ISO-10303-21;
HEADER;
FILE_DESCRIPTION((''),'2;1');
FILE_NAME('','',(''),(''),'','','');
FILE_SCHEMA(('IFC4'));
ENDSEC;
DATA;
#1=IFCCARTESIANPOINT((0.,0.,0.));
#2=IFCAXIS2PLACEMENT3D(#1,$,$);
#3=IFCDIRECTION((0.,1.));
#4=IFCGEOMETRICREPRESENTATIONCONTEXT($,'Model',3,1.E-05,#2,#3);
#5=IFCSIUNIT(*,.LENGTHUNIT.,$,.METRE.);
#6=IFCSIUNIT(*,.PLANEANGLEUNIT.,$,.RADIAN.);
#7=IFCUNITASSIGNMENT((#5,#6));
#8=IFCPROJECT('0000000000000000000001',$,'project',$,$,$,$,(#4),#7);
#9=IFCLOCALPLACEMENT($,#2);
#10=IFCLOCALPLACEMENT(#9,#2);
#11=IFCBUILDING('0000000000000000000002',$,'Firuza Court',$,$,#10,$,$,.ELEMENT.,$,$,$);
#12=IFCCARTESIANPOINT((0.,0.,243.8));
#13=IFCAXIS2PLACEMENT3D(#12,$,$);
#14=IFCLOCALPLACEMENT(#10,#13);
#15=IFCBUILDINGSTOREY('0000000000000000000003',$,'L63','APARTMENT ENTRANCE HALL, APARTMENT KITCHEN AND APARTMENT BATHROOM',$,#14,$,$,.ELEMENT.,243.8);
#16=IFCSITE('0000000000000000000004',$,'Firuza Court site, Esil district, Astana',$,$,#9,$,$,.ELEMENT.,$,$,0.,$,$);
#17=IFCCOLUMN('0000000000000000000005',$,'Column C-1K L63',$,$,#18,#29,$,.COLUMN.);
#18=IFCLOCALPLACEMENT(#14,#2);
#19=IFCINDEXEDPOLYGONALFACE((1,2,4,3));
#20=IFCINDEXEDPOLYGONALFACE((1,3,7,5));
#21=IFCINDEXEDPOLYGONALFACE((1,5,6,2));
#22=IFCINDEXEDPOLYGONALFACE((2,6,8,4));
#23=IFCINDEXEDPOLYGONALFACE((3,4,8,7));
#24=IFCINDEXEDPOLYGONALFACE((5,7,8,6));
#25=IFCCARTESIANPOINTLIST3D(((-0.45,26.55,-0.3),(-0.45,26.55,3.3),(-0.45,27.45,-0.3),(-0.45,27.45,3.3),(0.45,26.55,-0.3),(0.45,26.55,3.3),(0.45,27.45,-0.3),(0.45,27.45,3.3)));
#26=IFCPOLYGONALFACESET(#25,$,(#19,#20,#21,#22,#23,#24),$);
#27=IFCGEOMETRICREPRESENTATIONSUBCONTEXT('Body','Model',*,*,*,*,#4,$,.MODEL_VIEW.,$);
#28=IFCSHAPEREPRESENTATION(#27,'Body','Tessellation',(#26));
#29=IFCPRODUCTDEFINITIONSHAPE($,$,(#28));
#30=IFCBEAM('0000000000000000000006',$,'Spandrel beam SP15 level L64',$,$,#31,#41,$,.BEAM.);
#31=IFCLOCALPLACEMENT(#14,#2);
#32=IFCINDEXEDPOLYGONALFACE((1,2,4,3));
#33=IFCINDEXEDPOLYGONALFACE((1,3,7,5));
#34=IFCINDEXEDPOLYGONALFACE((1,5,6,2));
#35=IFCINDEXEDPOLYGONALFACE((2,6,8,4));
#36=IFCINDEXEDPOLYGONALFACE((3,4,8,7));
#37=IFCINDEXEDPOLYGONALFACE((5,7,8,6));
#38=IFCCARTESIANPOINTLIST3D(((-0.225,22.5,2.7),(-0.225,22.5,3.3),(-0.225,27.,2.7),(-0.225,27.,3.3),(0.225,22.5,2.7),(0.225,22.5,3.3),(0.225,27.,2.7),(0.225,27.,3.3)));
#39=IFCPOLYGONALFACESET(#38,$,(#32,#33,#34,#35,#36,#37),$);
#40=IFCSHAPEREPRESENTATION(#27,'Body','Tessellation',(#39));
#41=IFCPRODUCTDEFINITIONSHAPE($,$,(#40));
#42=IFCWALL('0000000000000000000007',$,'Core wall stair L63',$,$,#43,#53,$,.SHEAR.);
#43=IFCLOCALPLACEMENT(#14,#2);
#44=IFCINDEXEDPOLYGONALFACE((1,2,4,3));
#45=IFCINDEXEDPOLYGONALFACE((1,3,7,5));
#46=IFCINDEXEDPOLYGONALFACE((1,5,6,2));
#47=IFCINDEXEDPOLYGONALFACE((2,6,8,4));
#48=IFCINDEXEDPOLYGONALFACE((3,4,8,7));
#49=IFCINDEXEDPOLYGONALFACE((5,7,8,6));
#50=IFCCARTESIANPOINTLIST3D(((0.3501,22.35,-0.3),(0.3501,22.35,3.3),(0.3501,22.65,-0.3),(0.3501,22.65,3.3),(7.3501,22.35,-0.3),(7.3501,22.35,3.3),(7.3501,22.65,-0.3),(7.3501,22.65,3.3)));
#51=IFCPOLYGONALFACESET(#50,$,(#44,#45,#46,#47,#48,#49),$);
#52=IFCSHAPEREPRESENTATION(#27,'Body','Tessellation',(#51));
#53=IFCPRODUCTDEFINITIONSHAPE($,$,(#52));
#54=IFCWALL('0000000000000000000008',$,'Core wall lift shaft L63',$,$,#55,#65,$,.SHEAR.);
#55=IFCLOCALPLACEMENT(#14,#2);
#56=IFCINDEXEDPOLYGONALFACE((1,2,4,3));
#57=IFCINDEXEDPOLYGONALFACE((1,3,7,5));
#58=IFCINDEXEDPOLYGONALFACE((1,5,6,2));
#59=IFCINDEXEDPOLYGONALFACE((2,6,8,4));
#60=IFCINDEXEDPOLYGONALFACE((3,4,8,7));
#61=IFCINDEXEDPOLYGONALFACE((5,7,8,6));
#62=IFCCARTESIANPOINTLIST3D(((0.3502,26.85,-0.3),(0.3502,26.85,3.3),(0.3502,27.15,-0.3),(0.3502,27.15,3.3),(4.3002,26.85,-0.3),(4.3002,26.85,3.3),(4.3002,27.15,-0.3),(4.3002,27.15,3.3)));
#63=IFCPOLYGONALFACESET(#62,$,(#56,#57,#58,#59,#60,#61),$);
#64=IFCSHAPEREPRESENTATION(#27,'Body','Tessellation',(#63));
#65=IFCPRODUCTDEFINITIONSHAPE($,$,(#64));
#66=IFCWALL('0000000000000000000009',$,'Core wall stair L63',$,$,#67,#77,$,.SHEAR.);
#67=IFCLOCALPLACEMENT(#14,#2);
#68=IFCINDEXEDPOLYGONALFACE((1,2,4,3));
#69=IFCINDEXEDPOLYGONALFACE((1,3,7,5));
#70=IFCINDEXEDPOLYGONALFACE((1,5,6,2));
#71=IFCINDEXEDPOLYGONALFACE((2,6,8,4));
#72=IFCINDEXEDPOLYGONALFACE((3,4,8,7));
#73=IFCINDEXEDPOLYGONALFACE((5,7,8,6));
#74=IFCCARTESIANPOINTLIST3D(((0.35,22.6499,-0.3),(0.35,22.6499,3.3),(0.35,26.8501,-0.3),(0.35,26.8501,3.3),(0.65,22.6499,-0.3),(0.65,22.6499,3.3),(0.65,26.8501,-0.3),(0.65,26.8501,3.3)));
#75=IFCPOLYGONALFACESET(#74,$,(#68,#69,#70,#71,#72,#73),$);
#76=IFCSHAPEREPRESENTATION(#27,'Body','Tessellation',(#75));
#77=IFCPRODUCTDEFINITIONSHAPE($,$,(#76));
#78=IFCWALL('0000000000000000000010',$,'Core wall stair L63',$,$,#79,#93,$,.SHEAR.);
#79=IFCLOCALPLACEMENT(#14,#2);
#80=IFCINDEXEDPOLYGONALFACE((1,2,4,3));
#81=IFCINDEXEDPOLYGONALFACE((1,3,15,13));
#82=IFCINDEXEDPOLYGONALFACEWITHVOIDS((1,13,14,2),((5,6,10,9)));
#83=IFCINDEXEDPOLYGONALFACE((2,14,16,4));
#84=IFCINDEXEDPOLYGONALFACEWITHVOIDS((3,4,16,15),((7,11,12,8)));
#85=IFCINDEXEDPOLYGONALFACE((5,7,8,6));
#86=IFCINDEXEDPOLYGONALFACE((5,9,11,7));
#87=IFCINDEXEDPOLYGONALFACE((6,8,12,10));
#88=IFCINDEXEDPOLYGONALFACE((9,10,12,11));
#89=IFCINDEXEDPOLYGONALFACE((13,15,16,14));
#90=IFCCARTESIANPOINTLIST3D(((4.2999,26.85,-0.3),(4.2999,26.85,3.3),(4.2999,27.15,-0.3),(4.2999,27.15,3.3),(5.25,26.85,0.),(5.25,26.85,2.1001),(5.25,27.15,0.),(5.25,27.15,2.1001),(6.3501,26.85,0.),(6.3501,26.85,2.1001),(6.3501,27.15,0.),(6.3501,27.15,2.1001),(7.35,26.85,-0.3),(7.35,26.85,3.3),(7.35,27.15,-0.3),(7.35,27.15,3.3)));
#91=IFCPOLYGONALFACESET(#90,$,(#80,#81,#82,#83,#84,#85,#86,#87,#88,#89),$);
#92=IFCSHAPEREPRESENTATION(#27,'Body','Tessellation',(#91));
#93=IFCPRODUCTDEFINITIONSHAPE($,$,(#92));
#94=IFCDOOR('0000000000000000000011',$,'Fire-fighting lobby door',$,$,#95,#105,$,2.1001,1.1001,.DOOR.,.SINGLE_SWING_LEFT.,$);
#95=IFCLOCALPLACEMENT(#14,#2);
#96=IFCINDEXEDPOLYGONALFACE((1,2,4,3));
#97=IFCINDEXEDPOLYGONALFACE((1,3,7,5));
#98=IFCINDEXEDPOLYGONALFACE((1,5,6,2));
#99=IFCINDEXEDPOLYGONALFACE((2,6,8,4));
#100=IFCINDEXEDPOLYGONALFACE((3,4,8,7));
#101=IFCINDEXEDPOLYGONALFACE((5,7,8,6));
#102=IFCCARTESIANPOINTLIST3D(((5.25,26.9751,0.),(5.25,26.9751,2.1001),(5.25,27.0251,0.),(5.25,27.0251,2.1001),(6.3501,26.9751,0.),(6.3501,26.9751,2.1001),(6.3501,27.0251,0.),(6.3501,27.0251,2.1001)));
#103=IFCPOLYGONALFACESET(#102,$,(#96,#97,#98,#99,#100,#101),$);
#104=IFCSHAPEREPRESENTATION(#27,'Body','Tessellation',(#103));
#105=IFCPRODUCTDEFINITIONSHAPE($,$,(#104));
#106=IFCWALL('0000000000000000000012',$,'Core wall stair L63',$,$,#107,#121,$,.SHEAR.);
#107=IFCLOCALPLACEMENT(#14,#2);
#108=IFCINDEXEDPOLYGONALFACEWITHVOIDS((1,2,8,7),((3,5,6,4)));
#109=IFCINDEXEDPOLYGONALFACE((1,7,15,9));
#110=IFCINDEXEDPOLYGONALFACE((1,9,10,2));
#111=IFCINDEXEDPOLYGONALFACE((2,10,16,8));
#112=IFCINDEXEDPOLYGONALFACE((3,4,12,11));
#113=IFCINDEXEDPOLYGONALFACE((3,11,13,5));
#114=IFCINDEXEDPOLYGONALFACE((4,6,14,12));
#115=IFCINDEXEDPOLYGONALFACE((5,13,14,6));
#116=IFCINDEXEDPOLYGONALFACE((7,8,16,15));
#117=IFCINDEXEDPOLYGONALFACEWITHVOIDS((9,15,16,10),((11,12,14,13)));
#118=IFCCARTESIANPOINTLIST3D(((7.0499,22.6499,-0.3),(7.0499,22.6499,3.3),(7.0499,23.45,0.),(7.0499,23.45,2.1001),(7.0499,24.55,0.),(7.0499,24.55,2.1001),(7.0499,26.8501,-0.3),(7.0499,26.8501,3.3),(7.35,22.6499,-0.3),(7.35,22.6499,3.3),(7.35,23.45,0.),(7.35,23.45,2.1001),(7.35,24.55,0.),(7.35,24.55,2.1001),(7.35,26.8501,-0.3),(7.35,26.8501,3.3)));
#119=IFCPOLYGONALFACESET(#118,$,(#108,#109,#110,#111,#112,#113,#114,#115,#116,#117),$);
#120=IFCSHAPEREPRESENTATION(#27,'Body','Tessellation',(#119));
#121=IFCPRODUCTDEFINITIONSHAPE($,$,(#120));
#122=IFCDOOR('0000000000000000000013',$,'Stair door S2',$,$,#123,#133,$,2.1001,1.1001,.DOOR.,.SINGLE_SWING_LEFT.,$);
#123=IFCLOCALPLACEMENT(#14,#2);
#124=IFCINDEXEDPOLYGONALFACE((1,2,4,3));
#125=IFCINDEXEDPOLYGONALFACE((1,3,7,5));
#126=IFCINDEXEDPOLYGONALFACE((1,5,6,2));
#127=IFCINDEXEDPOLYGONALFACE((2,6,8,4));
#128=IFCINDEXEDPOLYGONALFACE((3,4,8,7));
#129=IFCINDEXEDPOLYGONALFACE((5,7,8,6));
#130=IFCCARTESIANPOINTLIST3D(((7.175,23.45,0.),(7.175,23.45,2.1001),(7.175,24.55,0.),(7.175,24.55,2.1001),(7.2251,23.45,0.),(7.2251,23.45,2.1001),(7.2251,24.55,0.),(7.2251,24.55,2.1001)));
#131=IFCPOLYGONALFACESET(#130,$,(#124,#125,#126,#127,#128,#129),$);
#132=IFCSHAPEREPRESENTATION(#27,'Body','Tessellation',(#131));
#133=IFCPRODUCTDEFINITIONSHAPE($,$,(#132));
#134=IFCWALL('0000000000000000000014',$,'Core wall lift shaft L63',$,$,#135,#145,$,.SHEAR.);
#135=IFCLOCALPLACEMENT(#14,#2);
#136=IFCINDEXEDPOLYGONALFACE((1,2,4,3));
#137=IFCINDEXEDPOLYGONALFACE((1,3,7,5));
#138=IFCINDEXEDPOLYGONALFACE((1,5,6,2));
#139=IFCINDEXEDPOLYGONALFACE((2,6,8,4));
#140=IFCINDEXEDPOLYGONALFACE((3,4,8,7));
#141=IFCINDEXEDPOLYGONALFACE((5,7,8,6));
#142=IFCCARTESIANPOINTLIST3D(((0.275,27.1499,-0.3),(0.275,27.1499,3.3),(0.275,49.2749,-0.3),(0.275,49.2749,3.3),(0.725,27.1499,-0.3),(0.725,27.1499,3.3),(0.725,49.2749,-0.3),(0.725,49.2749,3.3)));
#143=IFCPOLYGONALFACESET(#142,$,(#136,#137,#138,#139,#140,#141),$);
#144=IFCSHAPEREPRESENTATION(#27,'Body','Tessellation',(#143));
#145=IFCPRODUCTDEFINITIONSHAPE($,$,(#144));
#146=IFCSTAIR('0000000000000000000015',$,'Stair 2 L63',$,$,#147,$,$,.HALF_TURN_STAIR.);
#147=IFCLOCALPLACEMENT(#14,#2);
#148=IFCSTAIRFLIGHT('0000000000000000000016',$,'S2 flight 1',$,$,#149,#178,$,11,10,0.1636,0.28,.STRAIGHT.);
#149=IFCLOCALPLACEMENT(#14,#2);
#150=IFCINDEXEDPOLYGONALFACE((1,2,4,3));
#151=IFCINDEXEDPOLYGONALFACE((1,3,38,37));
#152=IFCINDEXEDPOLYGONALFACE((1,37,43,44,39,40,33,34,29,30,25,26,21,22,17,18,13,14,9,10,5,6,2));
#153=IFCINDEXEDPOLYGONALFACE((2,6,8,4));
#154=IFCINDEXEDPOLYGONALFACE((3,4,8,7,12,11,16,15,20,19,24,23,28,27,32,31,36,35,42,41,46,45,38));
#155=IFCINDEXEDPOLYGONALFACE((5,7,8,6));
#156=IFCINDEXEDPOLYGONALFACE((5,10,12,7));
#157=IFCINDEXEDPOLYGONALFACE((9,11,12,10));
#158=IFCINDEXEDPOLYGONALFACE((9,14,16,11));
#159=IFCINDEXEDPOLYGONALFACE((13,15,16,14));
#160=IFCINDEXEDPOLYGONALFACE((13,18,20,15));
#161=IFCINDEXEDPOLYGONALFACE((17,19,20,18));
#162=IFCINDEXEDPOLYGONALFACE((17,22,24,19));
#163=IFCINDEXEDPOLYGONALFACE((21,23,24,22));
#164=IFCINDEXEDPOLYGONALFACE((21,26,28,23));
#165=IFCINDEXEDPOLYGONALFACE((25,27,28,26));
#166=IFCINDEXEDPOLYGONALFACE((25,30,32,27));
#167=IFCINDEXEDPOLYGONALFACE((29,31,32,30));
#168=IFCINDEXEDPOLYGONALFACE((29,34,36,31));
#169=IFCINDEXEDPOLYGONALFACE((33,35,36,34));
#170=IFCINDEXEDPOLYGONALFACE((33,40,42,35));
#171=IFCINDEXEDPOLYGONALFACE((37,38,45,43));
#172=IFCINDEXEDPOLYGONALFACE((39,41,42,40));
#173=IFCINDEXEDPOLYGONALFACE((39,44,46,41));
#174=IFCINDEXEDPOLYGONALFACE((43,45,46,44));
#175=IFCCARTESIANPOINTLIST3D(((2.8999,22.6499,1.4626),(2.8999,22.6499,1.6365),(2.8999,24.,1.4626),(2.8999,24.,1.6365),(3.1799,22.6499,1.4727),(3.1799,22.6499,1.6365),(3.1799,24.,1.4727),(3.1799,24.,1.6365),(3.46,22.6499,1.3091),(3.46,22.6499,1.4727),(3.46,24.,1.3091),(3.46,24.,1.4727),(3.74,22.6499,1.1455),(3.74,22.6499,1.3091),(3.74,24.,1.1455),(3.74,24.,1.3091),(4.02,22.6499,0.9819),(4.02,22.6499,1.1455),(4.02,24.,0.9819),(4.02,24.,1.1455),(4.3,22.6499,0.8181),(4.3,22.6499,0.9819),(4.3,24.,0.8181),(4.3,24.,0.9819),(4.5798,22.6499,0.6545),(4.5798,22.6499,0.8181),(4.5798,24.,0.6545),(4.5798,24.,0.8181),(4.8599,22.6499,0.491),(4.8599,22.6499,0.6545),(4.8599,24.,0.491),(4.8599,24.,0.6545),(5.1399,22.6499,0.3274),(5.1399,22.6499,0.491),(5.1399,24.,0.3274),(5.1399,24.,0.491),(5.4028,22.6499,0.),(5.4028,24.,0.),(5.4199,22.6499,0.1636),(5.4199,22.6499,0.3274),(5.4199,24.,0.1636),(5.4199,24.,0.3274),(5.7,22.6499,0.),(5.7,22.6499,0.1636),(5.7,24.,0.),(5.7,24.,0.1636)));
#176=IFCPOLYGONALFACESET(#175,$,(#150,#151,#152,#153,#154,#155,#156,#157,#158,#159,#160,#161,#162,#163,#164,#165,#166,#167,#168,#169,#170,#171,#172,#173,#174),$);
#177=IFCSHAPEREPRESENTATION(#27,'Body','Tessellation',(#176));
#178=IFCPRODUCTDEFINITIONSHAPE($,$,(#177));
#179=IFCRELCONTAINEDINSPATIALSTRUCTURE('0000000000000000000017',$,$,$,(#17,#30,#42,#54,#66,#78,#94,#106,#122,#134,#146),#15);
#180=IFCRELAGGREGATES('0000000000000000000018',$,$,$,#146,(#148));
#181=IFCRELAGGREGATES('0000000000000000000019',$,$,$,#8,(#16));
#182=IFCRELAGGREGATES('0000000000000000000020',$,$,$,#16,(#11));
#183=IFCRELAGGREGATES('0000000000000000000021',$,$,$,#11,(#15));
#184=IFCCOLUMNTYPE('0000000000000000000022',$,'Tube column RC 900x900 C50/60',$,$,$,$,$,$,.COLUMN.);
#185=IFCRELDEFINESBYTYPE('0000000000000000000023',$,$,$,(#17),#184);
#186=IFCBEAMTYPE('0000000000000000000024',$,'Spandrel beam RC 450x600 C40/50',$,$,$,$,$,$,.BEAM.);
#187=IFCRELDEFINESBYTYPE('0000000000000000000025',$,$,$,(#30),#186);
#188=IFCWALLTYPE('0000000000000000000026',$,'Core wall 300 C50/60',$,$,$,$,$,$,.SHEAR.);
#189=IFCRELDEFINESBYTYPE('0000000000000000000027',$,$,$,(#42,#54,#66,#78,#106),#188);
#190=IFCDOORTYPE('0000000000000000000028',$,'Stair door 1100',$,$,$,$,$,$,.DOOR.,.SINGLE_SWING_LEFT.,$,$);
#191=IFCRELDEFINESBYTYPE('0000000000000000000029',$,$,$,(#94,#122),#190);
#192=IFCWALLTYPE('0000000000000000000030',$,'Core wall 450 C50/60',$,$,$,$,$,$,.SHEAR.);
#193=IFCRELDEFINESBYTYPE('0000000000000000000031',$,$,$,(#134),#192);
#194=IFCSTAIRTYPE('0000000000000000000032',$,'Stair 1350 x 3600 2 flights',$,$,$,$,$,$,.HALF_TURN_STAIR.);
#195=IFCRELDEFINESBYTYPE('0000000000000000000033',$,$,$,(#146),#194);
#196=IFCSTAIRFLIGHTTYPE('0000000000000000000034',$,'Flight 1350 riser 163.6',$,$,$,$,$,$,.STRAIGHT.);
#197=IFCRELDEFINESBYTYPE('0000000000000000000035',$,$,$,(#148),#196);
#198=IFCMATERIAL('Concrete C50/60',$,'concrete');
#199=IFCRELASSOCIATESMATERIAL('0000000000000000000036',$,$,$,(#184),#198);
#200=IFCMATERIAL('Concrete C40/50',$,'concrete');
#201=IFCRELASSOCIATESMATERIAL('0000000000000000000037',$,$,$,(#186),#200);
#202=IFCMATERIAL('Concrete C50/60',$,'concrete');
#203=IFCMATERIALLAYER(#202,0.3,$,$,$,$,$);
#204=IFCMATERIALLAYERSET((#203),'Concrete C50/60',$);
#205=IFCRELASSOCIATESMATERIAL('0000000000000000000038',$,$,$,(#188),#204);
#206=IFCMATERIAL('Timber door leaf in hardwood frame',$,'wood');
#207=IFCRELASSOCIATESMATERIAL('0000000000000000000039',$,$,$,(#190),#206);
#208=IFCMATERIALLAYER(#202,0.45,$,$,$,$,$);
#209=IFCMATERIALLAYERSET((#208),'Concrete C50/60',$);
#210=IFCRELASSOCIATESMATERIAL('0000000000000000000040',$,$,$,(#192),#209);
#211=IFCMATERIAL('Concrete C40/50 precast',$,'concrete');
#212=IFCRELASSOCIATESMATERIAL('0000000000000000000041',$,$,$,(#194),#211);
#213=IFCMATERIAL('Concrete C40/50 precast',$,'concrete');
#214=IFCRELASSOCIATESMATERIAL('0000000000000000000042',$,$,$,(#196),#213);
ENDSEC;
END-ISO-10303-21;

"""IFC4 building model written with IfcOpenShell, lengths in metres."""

from ifc_helpers import new_model, si_unit, direction, frame, frame_2d, origin, origin_2d, place, context, subcontext, project, spatial, polyline, rectangle, outline, extrude, material, layer, layer_set, material_profile, profile_set, type_object, element, fill, aggregate, save


model = new_model("IFC4")

# Units and contexts
model_context = context("Model", 3, precision=1e-05, world=origin(), true_north=direction((0.0, 1.0)))
body_context = subcontext(model_context, "Body", "Model", "MODEL_VIEW")
ifc_project = project(units=[si_unit("LENGTHUNIT", "METRE"), si_unit("PLANEANGLEUNIT", "RADIAN")], contexts=[model_context])

# Site, building, storey
site_placement = place(None, origin())
site = spatial("IfcSite", under=ifc_project, at=site_placement, Name="Firuza Court site, Esil district, Astana", CompositionType="ELEMENT", RefElevation=0.0)
building_placement = place(site_placement, origin())
building = spatial("IfcBuilding", under=site, at=building_placement, Name="Firuza Court", CompositionType="ELEMENT")
storey_placement = place(building_placement, frame((0.0, 0.0, 243.8)))
storey = spatial("IfcBuildingStorey", under=building, at=storey_placement, Name="L63", Description="APARTMENT ENTRANCE HALL, APARTMENT KITCHEN AND APARTMENT BATHROOM", CompositionType="ELEMENT", Elevation=243.8)

# Column
ifc_material_1 = material(Name="Concrete C50/60", Category="concrete")
ifc_material_profile_1 = material_profile(ifc_material_1, rectangle(XDim=0.8999, YDim=0.8999, at=origin_2d()), Name="RC 900x900")
ifc_profile_set_1 = profile_set([ifc_material_profile_1], Name="Concrete C50/60")
column_type = type_object("IfcColumnType", Name="Tube column RC 900x900 C50/60", PredefinedType="COLUMN", material=ifc_profile_set_1)
column_placement = place(storey_placement, frame((0.0, 27.0, -0.3), z_axis=(0.0, 0.0, 1.0), x_axis=(1.0, 0.0, 0.0)))
element("IfcColumn", 1, at=column_placement, inside=storey, type_object=column_type, Name="Column C-1K L63", PredefinedType="COLUMN", context=body_context, shape_type="SweptSolid", body=[
    extrude(rectangle(XDim=0.8999, YDim=0.8999, at=origin_2d()), origin(), (0.0, 0.0, 1.0), 3.6001),
])

# Beam
ifc_material_2 = material(Name="Concrete C40/50", Category="concrete")
ifc_material_profile_2 = material_profile(ifc_material_2, rectangle(XDim=0.45, YDim=0.6001, at=origin_2d()), Name="RC 450x600")
ifc_profile_set_2 = profile_set([ifc_material_profile_2], Name="Concrete C40/50")
beam_type = type_object("IfcBeamType", Name="Spandrel beam RC 450x600 C40/50", PredefinedType="BEAM", material=ifc_profile_set_2)
beam_placement = place(storey_placement, frame((0.0, 27.0, 3.0), z_axis=(0.0, -1.0, 0.0), x_axis=(1.0, 0.0, 0.0)))
element("IfcBeam", 2, at=beam_placement, inside=storey, type_object=beam_type, Name="Spandrel beam SP15 level L64", PredefinedType="BEAM", context=body_context, shape_type="SweptSolid", body=[
    extrude(rectangle(XDim=0.45, YDim=0.6001, at=origin_2d()), origin(), (0.0, 0.0, 1.0), 4.5),
])

# Walls
ifc_material_3 = material(Name="Concrete C50/60", Category="concrete")
ifc_layer_1 = layer(ifc_material_3, 0.3)
ifc_layer_set_1 = layer_set([ifc_layer_1], Name="Concrete C50/60")
wall_type_1 = type_object("IfcWallType", Name="Core wall 300 C50/60", PredefinedType="SHEAR", material=ifc_layer_set_1)
wall_1_placement = place(storey_placement, frame((0.3501, 22.5, -0.3), z_axis=(0.0, 0.0, 1.0), x_axis=(1.0, 0.0, 0.0)))
element("IfcWall", 3, at=wall_1_placement, inside=storey, type_object=wall_type_1, Name="Core wall stair L63", PredefinedType="SHEAR", context=body_context, shape_type="SweptSolid", body=[
    extrude(rectangle(XDim=7.0, YDim=0.3, at=frame_2d((3.5, 0.0))), origin(), (0.0, 0.0, 1.0), 3.6001),
])
wall_2_placement = place(storey_placement, frame((0.3501, 27.0, -0.3), z_axis=(0.0, 0.0, 1.0), x_axis=(1.0, 0.0, 0.0)))
element("IfcWall", 4, at=wall_2_placement, inside=storey, type_object=wall_type_1, Name="Core wall lift shaft L63", PredefinedType="SHEAR", context=body_context, shape_type="SweptSolid", body=[
    extrude(rectangle(XDim=3.95, YDim=0.3, at=frame_2d((1.9751, 0.0))), origin(), (0.0, 0.0, 1.0), 3.6001),
])
wall_3_placement = place(storey_placement, frame((0.5, 22.6499, -0.3), z_axis=(0.0, 0.0, 1.0), x_axis=(0.0, 1.0, 0.0)))
element("IfcWall", 5, at=wall_3_placement, inside=storey, type_object=wall_type_1, Name="Core wall stair L63", PredefinedType="SHEAR", context=body_context, shape_type="SweptSolid", body=[
    extrude(rectangle(XDim=4.2002, YDim=0.3, at=frame_2d((2.1001, 0.0))), origin(), (0.0, 0.0, 1.0), 3.6001),
])

# Walls, openings, doors
wall_4_placement = place(storey_placement, frame((4.3, 27.0, -0.3), z_axis=(0.0, 0.0, 1.0), x_axis=(1.0, 0.0, 0.0)))
wall_4 = element("IfcWall", 6, at=wall_4_placement, inside=storey, type_object=wall_type_1, Name="Core wall stair L63", PredefinedType="SHEAR", context=body_context, shape_type="SweptSolid", body=[
    extrude(rectangle(XDim=3.05, YDim=0.3, at=frame_2d((1.5249, 0.0))), origin(), (0.0, 0.0, 1.0), 3.6001),
])
opening_1_placement = place(wall_4_placement, frame((0.95, 0.0, 0.3)))
opening_1 = element("IfcOpeningElement", 7, at=opening_1_placement, cuts=wall_4, PredefinedType="OPENING", context=body_context, shape_type="SweptSolid", body=[
    extrude(rectangle(XDim=1.1001, YDim=2.1001, at=frame_2d((0.55, 1.05))), frame((0.0, 0.1621, 0.0), z_axis=(0.0, -1.0, 0.0), x_axis=(1.0, 0.0, 0.0)), (0.0, 0.0, 1.0), 0.324),
])
ifc_material_4 = material(Name="Timber door leaf in hardwood frame", Category="wood")
door_type_1 = type_object("IfcDoorType", Name="Stair door 1100", OperationType="SINGLE_SWING_LEFT", PredefinedType="DOOR", material=ifc_material_4)
door_1_placement = place(opening_1_placement, frame((1.1001, 0.0, 0.0), z_axis=(0.0, 0.0, 1.0), x_axis=(-1.0, 0.0, 0.0)))
door_1 = element("IfcDoor", 8, at=door_1_placement, inside=storey, type_object=door_type_1, Name="Fire-fighting lobby door", OperationType="SINGLE_SWING_LEFT", OverallHeight=2.1001, OverallWidth=1.1001, PredefinedType="DOOR", context=body_context, shape_type="SweptSolid", body=[
    extrude(rectangle(XDim=1.1001, YDim=2.1001, at=frame_2d((0.55, 1.05))), frame((0.0, 0.0249, 0.0), z_axis=(0.0, -1.0, 0.0), x_axis=(1.0, 0.0, 0.0)), (0.0, 0.0, 1.0), 0.05),
])
fill(opening_1, door_1)
wall_5_placement = place(storey_placement, frame((7.2, 22.6499, -0.3), z_axis=(0.0, 0.0, 1.0), x_axis=(0.0, 1.0, 0.0)))
wall_5 = element("IfcWall", 9, at=wall_5_placement, inside=storey, type_object=wall_type_1, Name="Core wall stair L63", PredefinedType="SHEAR", context=body_context, shape_type="SweptSolid", body=[
    extrude(rectangle(XDim=4.2002, YDim=0.3, at=frame_2d((2.1001, 0.0))), origin(), (0.0, 0.0, 1.0), 3.6001),
])
opening_2_placement = place(wall_5_placement, frame((0.8, 0.0, 0.3)))
opening_2 = element("IfcOpeningElement", 10, at=opening_2_placement, cuts=wall_5, PredefinedType="OPENING", context=body_context, shape_type="SweptSolid", body=[
    extrude(rectangle(XDim=1.1001, YDim=2.1001, at=frame_2d((0.55, 1.05))), frame((0.0, 0.1621, 0.0), z_axis=(0.0, -1.0, 0.0), x_axis=(1.0, 0.0, 0.0)), (0.0, 0.0, 1.0), 0.324),
])
door_2_placement = place(opening_2_placement, origin())
door_2 = element("IfcDoor", 11, at=door_2_placement, inside=storey, type_object=door_type_1, Name="Stair door S2", OperationType="SINGLE_SWING_LEFT", OverallHeight=2.1001, OverallWidth=1.1001, PredefinedType="DOOR", context=body_context, shape_type="SweptSolid", body=[
    extrude(rectangle(XDim=1.1001, YDim=2.1001, at=frame_2d((0.55, 1.05))), frame((0.0, 0.0249, 0.0), z_axis=(0.0, -1.0, 0.0), x_axis=(1.0, 0.0, 0.0)), (0.0, 0.0, 1.0), 0.05),
])
fill(opening_2, door_2)

# Wall
ifc_layer_2 = layer(ifc_material_3, 0.45)
ifc_layer_set_2 = layer_set([ifc_layer_2], Name="Concrete C50/60")
wall_type_2 = type_object("IfcWallType", Name="Core wall 450 C50/60", PredefinedType="SHEAR", material=ifc_layer_set_2)
wall_6_placement = place(storey_placement, frame((0.5, 27.1499, -0.3), z_axis=(0.0, 0.0, 1.0), x_axis=(0.0, 1.0, 0.0)))
element("IfcWall", 12, at=wall_6_placement, inside=storey, type_object=wall_type_2, Name="Core wall lift shaft L63", PredefinedType="SHEAR", context=body_context, shape_type="SweptSolid", body=[
    extrude(rectangle(XDim=22.125, YDim=0.45, at=frame_2d((11.0625, 0.0))), origin(), (0.0, 0.0, 1.0), 3.6001),
])

# Stair, stair flight
ifc_material_5 = material(Name="Concrete C40/50 precast", Category="concrete")
stair_type = type_object("IfcStairType", Name="Stair 1350 x 3600 2 flights", PredefinedType="HALF_TURN_STAIR", material=ifc_material_5)
stair_placement = place(storey_placement, origin())
stair = element("IfcStair", 13, at=stair_placement, inside=storey, type_object=stair_type, Name="Stair 2 L63", PredefinedType="HALF_TURN_STAIR")
ifc_material_6 = material(Name="Concrete C40/50 precast", Category="concrete")
stair_flight_type = type_object("IfcStairFlightType", Name="Flight 1350 riser 163.6", PredefinedType="STRAIGHT", material=ifc_material_6)
stair_flight_1_placement = place(storey_placement, frame((5.7, 23.325, 0.0), z_axis=(0.0, 0.0, 1.0), x_axis=(-1.0, 0.0, 0.0)))
stair_flight_1 = element("IfcStairFlight", 14, at=stair_flight_1_placement, type_object=stair_flight_type, Name="S2 flight 1", NumberOfRisers=11, NumberOfTreads=10, PredefinedType="STRAIGHT", RiserHeight=0.1636, TreadLength=0.28, context=body_context, shape_type="SweptSolid", body=[
    extrude(outline(polyline([(0.0, 0.0), (0.0, 0.1636), (0.28, 0.1636), (0.28, 0.3274), (0.5601, 0.3274), (0.5601, 0.491), (0.8401, 0.491), (0.8401, 0.6545), (1.1201, 0.6545), (1.1201, 0.8181), (1.3999, 0.8181), (1.3999, 0.9819), (1.6799, 0.9819), (1.6799, 1.1455), (1.96, 1.1455), (1.96, 1.3091), (2.24, 1.3091), (2.24, 1.4727), (2.52, 1.4727), (2.52, 1.6365), (2.8, 1.6365), (2.8, 1.8), (2.8, 1.4626), (0.2971, 0.0), (0.0, 0.0)])), frame((0.0, 0.675, 0.0), z_axis=(0.0, -1.0, 0.0), x_axis=(1.0, 0.0, 0.0)), (0.0, 0.0, 1.0), 1.3501),
])
aggregate(stair, [stair_flight_1])

save(model, "model.ifc")
